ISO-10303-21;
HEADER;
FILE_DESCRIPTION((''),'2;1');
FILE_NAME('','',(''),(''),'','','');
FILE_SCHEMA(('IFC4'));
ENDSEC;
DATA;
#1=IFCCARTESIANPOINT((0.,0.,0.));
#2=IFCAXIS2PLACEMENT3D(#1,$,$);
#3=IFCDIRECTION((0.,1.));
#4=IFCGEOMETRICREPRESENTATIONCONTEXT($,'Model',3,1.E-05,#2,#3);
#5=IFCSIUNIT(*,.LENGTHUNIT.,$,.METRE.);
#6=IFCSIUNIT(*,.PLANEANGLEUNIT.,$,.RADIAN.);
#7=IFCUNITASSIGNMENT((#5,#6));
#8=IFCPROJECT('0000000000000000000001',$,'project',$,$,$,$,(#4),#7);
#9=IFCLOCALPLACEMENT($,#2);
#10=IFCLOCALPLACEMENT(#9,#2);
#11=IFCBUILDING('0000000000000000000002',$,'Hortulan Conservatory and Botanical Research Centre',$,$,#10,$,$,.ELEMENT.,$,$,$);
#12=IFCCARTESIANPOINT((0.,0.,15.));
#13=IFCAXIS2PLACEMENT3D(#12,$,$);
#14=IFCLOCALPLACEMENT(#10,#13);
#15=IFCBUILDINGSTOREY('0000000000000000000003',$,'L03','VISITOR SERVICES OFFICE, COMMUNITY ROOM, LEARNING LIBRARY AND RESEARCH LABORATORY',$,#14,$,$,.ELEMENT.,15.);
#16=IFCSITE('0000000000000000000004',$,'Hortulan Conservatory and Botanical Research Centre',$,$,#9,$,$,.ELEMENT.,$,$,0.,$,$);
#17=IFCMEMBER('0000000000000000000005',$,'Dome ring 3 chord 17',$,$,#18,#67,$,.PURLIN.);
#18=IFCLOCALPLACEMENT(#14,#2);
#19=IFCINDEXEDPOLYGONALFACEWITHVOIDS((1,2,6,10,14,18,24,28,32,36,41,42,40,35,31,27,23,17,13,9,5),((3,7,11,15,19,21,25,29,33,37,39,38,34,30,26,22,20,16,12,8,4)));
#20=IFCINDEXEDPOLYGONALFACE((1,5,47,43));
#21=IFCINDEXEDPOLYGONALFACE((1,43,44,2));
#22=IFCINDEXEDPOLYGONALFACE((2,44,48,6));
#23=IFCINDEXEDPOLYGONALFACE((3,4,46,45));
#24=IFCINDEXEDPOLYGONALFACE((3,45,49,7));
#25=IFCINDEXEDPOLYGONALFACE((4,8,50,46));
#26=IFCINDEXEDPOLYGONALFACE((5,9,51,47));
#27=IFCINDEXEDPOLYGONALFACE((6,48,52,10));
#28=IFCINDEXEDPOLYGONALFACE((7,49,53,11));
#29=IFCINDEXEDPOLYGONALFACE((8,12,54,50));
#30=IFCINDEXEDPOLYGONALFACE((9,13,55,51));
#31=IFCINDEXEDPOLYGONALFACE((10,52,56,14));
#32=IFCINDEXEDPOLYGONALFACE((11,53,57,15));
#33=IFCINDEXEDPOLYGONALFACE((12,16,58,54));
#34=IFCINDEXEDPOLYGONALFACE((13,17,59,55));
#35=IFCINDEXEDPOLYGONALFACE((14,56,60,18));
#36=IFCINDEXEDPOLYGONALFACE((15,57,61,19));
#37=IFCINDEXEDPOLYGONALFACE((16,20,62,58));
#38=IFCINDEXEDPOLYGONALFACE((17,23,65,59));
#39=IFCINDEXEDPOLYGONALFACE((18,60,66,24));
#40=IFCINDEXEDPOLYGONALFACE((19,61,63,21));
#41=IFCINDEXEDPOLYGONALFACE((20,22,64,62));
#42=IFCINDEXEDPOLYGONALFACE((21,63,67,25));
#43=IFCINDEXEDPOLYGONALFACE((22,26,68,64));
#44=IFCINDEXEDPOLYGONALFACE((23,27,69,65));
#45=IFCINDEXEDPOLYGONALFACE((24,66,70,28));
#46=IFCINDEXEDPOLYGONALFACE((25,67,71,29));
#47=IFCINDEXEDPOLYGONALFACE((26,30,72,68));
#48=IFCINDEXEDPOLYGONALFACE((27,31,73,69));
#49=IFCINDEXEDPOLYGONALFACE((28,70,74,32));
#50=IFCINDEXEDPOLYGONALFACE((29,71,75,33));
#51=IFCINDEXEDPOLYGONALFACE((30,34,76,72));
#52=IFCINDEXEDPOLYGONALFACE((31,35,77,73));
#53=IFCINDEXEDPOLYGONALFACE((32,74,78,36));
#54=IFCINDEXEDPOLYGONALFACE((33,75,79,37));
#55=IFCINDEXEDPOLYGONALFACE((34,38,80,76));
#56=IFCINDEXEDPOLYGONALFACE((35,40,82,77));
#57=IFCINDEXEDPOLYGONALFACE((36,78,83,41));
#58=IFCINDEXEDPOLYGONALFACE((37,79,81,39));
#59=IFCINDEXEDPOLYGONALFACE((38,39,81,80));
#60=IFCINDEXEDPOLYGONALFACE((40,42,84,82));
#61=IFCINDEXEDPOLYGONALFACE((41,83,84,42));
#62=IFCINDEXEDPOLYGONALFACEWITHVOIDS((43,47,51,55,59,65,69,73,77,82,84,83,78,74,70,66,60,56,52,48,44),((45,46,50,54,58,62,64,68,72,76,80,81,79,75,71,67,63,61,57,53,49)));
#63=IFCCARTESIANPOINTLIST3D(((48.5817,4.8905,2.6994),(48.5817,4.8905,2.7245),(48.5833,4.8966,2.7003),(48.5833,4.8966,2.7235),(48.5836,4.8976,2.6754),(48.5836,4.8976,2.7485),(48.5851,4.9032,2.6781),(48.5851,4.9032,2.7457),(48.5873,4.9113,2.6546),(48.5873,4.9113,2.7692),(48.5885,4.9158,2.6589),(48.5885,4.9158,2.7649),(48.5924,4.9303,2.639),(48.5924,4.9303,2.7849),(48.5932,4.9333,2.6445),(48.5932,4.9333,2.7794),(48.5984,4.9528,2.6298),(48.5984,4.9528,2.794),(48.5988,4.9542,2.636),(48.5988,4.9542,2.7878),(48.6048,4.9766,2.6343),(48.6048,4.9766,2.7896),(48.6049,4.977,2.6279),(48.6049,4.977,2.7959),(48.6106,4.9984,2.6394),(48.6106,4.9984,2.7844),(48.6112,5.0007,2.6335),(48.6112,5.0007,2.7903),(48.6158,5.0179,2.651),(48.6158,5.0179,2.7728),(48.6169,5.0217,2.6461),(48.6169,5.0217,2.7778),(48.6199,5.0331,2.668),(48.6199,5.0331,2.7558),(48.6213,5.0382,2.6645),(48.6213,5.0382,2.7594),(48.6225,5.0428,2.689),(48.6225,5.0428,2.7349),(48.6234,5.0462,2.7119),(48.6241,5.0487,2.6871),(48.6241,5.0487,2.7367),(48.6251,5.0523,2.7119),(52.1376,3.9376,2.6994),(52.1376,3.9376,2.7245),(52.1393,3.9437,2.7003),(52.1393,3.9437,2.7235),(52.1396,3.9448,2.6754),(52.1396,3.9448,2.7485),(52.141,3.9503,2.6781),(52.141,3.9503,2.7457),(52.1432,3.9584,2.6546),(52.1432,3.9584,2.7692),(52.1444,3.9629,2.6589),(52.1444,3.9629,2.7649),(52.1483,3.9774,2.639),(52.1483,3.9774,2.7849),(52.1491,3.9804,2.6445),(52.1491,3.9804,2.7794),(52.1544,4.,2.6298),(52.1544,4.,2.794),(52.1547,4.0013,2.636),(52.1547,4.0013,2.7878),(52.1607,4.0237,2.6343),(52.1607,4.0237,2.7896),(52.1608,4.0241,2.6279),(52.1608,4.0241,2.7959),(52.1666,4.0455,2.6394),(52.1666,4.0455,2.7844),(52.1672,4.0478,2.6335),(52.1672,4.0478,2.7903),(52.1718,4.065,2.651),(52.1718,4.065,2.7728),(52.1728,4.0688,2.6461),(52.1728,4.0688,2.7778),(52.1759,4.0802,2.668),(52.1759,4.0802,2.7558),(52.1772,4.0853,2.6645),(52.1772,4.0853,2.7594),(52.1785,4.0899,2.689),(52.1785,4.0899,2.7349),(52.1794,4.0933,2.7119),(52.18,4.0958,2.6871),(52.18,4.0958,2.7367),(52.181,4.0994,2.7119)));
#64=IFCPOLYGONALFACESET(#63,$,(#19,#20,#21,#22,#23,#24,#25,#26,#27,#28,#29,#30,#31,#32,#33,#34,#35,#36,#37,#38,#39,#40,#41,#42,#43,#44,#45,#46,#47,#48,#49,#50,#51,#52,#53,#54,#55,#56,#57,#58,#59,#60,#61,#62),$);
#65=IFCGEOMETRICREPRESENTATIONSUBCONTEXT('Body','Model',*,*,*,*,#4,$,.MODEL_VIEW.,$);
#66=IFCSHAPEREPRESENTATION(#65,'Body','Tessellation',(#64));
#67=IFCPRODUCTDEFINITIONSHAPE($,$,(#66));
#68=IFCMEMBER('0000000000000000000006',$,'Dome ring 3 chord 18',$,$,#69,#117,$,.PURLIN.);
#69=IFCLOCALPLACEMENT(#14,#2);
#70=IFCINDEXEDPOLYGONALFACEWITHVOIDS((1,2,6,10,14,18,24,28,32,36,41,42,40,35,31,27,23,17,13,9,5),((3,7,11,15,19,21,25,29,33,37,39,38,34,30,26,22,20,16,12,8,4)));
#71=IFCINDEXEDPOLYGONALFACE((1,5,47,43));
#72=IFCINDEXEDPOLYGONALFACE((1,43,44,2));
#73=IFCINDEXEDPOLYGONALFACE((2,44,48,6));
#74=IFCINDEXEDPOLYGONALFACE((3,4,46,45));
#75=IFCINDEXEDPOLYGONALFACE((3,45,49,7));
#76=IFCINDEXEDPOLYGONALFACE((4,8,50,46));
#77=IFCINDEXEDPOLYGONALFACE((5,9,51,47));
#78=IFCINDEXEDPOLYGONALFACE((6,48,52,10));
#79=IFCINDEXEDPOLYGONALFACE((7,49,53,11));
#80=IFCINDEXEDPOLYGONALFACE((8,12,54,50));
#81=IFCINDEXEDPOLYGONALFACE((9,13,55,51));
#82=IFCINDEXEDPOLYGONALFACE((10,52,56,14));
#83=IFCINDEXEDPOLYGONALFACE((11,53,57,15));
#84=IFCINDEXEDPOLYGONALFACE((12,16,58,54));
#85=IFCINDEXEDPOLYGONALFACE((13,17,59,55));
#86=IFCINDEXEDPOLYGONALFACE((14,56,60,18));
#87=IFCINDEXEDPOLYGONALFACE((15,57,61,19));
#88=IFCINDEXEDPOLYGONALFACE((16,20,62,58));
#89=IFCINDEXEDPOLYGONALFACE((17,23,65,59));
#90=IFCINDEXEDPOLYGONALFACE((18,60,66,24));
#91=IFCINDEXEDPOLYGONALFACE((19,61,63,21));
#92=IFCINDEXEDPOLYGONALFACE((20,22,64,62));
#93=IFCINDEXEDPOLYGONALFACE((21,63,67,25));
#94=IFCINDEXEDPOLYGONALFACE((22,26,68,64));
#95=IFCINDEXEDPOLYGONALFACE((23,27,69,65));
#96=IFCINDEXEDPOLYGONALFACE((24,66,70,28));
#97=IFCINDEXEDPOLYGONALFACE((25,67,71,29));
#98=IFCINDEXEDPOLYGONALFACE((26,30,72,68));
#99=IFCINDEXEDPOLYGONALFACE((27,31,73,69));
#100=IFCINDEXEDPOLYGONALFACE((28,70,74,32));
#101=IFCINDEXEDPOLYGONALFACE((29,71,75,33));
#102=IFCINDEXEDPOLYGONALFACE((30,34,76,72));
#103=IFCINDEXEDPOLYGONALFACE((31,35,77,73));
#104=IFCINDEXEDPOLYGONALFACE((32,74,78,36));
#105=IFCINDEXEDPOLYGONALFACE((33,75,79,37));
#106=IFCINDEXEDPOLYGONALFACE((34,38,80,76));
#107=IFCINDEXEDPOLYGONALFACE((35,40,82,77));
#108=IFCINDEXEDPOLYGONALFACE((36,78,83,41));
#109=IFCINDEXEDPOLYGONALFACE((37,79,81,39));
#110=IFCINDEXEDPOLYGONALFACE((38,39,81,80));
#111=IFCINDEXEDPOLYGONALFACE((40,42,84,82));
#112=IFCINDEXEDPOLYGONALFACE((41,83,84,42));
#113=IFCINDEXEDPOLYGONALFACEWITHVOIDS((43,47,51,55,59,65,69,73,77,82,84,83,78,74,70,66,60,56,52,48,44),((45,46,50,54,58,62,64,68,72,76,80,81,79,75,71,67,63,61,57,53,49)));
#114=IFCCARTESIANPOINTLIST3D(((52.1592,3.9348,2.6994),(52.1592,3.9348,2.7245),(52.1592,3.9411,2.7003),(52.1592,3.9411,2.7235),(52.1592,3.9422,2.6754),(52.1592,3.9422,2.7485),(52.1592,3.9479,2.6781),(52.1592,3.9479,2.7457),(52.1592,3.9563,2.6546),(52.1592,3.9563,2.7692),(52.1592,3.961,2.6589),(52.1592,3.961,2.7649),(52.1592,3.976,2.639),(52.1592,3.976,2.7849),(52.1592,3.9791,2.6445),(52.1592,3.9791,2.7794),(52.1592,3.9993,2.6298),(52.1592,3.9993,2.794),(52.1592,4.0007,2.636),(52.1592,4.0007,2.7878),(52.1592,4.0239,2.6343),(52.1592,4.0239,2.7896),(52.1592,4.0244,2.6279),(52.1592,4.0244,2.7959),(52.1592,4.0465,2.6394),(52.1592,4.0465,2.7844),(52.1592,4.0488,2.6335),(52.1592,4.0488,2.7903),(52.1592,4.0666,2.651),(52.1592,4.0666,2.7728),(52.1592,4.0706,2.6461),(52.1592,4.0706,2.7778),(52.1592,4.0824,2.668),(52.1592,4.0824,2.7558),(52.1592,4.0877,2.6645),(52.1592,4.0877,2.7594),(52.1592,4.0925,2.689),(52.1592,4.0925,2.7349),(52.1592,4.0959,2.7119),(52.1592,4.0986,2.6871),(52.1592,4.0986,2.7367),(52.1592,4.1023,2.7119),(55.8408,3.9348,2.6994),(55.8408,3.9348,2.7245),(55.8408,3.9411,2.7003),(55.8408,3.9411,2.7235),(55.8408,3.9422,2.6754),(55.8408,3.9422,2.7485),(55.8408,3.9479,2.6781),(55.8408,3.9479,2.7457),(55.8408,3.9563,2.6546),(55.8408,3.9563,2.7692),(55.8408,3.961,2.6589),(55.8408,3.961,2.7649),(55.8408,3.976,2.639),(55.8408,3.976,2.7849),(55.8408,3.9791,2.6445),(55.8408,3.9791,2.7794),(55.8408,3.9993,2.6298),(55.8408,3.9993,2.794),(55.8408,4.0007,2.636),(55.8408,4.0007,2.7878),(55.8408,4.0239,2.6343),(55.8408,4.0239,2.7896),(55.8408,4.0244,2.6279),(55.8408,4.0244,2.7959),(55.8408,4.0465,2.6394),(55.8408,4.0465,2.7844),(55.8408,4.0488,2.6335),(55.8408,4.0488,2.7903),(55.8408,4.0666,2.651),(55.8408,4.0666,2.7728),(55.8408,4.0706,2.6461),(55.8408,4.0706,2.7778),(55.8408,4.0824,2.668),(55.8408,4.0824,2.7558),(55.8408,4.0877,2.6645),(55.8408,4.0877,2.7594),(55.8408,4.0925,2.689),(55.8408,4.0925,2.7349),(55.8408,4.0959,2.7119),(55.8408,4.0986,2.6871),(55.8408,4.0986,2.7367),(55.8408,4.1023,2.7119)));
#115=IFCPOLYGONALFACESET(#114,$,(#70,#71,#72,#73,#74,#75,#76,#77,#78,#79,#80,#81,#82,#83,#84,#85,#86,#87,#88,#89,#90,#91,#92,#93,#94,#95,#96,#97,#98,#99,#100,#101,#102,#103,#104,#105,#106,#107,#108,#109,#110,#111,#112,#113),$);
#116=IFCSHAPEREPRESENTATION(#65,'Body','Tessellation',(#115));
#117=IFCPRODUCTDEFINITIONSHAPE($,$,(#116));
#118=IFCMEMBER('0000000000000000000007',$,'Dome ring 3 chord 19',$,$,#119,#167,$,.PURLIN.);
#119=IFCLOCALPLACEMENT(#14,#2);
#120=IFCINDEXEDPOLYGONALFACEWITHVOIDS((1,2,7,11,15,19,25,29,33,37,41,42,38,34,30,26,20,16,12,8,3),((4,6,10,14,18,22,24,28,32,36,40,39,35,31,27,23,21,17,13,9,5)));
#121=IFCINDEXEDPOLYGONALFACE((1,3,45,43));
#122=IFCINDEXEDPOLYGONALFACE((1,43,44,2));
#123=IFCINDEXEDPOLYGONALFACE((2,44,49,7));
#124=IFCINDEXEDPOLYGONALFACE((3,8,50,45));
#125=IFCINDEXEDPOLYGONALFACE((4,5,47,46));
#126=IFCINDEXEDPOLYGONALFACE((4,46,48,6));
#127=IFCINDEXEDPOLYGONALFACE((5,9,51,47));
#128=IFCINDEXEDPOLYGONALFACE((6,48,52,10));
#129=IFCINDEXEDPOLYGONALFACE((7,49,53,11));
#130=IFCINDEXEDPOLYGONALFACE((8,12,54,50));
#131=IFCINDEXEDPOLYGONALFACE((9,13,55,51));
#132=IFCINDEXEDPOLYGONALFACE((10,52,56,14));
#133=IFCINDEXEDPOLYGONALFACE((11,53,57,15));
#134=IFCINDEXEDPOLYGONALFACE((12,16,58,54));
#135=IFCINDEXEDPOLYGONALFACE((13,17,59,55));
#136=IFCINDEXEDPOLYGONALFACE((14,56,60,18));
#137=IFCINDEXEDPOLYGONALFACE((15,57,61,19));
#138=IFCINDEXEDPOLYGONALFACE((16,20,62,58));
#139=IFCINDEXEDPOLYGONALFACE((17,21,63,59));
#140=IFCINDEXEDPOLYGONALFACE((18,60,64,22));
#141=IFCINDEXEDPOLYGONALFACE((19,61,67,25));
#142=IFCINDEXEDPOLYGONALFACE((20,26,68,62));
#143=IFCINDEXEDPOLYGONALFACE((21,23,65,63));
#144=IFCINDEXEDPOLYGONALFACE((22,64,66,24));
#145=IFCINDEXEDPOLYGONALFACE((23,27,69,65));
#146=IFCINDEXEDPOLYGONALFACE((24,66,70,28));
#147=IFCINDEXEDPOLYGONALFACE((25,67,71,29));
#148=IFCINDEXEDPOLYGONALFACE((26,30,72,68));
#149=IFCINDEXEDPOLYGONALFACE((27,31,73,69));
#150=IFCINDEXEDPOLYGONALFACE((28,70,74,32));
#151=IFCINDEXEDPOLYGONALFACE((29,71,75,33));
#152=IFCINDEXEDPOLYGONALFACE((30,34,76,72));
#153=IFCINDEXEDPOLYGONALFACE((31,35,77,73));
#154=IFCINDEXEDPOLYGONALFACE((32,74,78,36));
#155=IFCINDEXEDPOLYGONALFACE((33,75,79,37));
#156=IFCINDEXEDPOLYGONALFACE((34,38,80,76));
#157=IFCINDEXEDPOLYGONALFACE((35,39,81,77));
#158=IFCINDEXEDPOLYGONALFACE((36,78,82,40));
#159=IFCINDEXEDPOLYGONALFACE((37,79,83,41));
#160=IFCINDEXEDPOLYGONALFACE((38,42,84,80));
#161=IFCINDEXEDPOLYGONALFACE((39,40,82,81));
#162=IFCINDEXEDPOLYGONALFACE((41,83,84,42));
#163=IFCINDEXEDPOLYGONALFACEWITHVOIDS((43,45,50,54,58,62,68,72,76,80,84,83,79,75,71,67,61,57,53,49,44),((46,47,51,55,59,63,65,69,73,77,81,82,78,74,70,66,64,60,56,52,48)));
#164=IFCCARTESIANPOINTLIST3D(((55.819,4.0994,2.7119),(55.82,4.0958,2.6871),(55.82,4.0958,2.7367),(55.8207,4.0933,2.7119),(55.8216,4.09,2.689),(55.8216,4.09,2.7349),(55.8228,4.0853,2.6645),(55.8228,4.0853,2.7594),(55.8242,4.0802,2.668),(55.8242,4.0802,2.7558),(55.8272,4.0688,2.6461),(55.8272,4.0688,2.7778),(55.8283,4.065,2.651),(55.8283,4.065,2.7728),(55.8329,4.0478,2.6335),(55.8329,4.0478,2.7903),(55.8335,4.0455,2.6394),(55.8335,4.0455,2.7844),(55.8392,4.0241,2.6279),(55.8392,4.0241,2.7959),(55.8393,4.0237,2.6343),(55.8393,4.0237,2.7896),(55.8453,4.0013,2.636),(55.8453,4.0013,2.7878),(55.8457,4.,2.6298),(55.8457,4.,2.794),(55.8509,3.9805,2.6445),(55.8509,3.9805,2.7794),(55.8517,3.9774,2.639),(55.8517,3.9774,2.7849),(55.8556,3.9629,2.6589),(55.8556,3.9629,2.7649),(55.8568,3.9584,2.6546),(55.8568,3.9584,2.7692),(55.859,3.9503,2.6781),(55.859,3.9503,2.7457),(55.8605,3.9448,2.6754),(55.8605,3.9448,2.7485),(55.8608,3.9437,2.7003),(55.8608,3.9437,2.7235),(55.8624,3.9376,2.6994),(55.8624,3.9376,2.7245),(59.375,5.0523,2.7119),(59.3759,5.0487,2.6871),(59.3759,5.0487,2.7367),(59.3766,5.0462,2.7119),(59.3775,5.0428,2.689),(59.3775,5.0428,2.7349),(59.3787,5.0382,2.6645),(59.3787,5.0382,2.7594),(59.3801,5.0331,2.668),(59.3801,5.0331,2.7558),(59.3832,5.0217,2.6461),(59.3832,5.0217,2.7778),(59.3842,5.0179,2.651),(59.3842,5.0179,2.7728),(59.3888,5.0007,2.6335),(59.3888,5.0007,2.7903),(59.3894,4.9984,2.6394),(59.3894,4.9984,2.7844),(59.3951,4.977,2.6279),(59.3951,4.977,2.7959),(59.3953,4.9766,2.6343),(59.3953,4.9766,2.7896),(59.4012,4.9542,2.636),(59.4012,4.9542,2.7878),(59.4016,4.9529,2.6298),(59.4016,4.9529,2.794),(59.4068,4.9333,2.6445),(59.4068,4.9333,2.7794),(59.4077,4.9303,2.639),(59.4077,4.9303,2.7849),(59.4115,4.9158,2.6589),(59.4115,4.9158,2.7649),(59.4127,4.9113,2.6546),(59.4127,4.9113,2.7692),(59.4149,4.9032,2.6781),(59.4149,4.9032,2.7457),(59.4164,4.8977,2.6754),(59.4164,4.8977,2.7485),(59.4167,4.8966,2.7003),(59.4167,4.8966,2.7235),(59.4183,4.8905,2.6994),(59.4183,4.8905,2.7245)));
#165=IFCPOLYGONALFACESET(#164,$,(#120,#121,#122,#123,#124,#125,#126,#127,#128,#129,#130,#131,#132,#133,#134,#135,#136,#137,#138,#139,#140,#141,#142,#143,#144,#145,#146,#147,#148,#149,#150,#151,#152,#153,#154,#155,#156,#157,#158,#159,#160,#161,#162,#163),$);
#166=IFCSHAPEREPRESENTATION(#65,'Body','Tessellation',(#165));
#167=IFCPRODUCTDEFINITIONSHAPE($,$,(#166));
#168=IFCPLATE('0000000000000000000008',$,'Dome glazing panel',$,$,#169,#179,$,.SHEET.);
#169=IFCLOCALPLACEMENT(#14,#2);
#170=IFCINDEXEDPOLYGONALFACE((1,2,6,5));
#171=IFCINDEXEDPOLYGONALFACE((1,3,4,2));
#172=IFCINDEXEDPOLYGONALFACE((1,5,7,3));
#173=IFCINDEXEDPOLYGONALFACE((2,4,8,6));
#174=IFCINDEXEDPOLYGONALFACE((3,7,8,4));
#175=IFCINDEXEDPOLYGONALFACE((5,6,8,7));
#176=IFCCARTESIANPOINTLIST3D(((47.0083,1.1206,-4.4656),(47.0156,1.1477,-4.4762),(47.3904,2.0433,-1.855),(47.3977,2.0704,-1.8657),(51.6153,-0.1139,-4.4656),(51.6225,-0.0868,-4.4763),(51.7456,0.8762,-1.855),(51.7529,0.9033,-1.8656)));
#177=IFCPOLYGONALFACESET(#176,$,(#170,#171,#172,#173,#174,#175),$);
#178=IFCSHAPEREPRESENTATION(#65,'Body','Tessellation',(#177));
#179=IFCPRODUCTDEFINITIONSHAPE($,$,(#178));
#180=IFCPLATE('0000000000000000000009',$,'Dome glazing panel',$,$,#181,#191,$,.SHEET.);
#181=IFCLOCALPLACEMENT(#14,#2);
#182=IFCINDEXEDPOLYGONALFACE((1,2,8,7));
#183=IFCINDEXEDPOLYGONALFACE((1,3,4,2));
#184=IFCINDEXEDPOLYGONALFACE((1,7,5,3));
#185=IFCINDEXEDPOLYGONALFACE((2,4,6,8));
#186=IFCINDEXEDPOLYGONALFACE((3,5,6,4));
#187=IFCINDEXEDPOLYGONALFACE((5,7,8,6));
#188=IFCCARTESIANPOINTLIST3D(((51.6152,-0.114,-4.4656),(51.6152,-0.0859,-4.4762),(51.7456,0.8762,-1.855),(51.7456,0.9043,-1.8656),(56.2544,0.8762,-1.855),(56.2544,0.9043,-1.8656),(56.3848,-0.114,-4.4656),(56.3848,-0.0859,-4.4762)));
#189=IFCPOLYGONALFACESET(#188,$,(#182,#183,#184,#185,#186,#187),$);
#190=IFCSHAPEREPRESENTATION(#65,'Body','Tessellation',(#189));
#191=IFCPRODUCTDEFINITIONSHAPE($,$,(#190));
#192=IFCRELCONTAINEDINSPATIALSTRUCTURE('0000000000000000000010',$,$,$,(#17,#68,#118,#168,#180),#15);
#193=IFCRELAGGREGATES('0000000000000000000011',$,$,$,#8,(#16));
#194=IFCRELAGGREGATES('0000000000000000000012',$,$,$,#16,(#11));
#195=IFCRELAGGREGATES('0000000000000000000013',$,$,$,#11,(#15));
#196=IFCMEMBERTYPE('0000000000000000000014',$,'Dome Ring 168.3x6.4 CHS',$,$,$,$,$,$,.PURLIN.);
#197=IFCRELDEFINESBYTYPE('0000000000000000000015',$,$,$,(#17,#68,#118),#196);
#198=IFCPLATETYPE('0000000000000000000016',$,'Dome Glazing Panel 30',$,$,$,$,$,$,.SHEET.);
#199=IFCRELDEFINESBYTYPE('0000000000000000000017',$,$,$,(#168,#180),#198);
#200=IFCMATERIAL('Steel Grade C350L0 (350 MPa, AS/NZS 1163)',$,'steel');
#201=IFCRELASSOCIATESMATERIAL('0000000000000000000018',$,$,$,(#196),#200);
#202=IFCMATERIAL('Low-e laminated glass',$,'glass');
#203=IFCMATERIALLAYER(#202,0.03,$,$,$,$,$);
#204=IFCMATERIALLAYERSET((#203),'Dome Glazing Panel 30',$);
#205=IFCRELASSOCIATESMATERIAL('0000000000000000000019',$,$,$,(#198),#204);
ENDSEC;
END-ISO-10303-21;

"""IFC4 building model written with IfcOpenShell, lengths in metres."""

from ifc_helpers import new_model, si_unit, direction, frame, origin, origin_2d, place, context, subcontext, project, spatial, polyline, hollow_circle, outline, extrude, material, layer, layer_set, material_profile, profile_set, type_object, element, save


model = new_model("IFC4")

# Units and contexts
model_context = context("Model", 3, precision=1e-05, world=origin(), true_north=direction((0.0, 1.0)))
body_context = subcontext(model_context, "Body", "Model", "MODEL_VIEW")
ifc_project = project(units=[si_unit("LENGTHUNIT", "METRE"), si_unit("PLANEANGLEUNIT", "RADIAN")], contexts=[model_context])

# Site, building, storey
site_placement = place(None, origin())
site = spatial("IfcSite", under=ifc_project, at=site_placement, Name="Hortulan Conservatory and Botanical Research Centre", CompositionType="ELEMENT", RefElevation=0.0)
building_placement = place(site_placement, origin())
building = spatial("IfcBuilding", under=site, at=building_placement, Name="Hortulan Conservatory and Botanical Research Centre", CompositionType="ELEMENT")
storey_placement = place(building_placement, frame((0.0, 0.0, 15.0)))
storey = spatial("IfcBuildingStorey", under=building, at=storey_placement, Name="L03", Description="VISITOR SERVICES OFFICE, COMMUNITY ROOM, LEARNING LIBRARY AND RESEARCH LABORATORY", CompositionType="ELEMENT", Elevation=15.0)

# Shared definitions
ifc_material_1 = material(Name="Steel Grade C350L0 (350 MPa, AS/NZS 1163)", Category="steel")

# Members
ifc_material_profile_1 = material_profile(ifc_material_1, hollow_circle(Radius=0.0842, WallThickness=0.0063, at=origin_2d()), Name="168.3x6.4CHS")
ifc_profile_set_1 = profile_set([ifc_material_profile_1], Name="Steel Grade C350L0 (350 MPa, AS/NZS 1163)")
member_type_1 = type_object("IfcMemberType", Name="Dome Ring 168.3x6.4 CHS", PredefinedType="PURLIN", material=ifc_profile_set_1)
member_1_placement = place(storey_placement, frame((48.6033, 4.9709, 2.7119), z_axis=(0.965921, -0.258839, 0.0), x_axis=(0.258839, 0.965921, 0.0)))
element("IfcMember", 1, at=member_1_placement, inside=storey, type_object=member_type_1, Name="Dome ring 3 chord 17", PredefinedType="PURLIN", context=body_context, shape_type="SweptSolid", body=[
    extrude(hollow_circle(Radius=0.0842, WallThickness=0.0063, at=origin_2d()), origin(), (0.0, 0.0, 1.0), 3.6814),
])
member_2_placement = place(storey_placement, frame((52.1592, 4.0181, 2.7119), z_axis=(1.0, 0.0, 0.0), x_axis=(0.0, 1.0, 0.0)))
element("IfcMember", 2, at=member_2_placement, inside=storey, type_object=member_type_1, Name="Dome ring 3 chord 18", PredefinedType="PURLIN", context=body_context, shape_type="SweptSolid", body=[
    extrude(hollow_circle(Radius=0.0842, WallThickness=0.0063, at=origin_2d()), origin(), (0.0, 0.0, 1.0), 3.6816),
])
member_3_placement = place(storey_placement, frame((55.8408, 4.0181, 2.7119), z_axis=(0.965921, 0.258839, 0.0), x_axis=(-0.258839, 0.965921, 0.0)))
element("IfcMember", 3, at=member_3_placement, inside=storey, type_object=member_type_1, Name="Dome ring 3 chord 19", PredefinedType="PURLIN", context=body_context, shape_type="SweptSolid", body=[
    extrude(hollow_circle(Radius=0.0842, WallThickness=0.0063, at=origin_2d()), origin(), (0.0, 0.0, 1.0), 3.6814),
])

# Plates
ifc_material_2 = material(Name="Low-e laminated glass", Category="glass")
ifc_layer = layer(ifc_material_2, 0.03)
ifc_layer_set = layer_set([ifc_layer], Name="Dome Glazing Panel 30")
plate_type = type_object("IfcPlateType", Name="Dome Glazing Panel 30", PredefinedType="SHEET", material=ifc_layer_set)
plate_1_placement = place(storey_placement, frame((47.0083, 1.1206, -4.4656), z_axis=(-0.242017, -0.903142, 0.35463), x_axis=(0.96592, -0.258842, -0.000006)))
element("IfcPlate", 4, at=plate_1_placement, inside=storey, type_object=plate_type, Name="Dome glazing panel", PredefinedType="SHEET", context=body_context, shape_type="SweptSolid", body=[
    extrude(outline(polyline([(0.0, 0.0), (4.7695, 0.0), (4.6391, 2.7921), (0.1302, 2.792), (0.0, 0.0)])), origin(), (0.0, 0.0, -1.0), 0.03),
])
plate_2_placement = place(storey_placement, frame((51.6152, -0.114, -4.4656), z_axis=(0.0, -0.934997, 0.354657), x_axis=(1.0, 0.0, 0.0)))
element("IfcPlate", 5, at=plate_2_placement, inside=storey, type_object=plate_type, Name="Dome glazing panel", PredefinedType="SHEET", context=body_context, shape_type="SweptSolid", body=[
    extrude(outline(polyline([(0.0, 0.0), (4.7695, 0.0), (4.6392, 2.7921), (0.1304, 2.7921), (0.0, 0.0)])), origin(), (0.0, 0.0, -1.0), 0.03),
])

save(model, "model.ifc")
